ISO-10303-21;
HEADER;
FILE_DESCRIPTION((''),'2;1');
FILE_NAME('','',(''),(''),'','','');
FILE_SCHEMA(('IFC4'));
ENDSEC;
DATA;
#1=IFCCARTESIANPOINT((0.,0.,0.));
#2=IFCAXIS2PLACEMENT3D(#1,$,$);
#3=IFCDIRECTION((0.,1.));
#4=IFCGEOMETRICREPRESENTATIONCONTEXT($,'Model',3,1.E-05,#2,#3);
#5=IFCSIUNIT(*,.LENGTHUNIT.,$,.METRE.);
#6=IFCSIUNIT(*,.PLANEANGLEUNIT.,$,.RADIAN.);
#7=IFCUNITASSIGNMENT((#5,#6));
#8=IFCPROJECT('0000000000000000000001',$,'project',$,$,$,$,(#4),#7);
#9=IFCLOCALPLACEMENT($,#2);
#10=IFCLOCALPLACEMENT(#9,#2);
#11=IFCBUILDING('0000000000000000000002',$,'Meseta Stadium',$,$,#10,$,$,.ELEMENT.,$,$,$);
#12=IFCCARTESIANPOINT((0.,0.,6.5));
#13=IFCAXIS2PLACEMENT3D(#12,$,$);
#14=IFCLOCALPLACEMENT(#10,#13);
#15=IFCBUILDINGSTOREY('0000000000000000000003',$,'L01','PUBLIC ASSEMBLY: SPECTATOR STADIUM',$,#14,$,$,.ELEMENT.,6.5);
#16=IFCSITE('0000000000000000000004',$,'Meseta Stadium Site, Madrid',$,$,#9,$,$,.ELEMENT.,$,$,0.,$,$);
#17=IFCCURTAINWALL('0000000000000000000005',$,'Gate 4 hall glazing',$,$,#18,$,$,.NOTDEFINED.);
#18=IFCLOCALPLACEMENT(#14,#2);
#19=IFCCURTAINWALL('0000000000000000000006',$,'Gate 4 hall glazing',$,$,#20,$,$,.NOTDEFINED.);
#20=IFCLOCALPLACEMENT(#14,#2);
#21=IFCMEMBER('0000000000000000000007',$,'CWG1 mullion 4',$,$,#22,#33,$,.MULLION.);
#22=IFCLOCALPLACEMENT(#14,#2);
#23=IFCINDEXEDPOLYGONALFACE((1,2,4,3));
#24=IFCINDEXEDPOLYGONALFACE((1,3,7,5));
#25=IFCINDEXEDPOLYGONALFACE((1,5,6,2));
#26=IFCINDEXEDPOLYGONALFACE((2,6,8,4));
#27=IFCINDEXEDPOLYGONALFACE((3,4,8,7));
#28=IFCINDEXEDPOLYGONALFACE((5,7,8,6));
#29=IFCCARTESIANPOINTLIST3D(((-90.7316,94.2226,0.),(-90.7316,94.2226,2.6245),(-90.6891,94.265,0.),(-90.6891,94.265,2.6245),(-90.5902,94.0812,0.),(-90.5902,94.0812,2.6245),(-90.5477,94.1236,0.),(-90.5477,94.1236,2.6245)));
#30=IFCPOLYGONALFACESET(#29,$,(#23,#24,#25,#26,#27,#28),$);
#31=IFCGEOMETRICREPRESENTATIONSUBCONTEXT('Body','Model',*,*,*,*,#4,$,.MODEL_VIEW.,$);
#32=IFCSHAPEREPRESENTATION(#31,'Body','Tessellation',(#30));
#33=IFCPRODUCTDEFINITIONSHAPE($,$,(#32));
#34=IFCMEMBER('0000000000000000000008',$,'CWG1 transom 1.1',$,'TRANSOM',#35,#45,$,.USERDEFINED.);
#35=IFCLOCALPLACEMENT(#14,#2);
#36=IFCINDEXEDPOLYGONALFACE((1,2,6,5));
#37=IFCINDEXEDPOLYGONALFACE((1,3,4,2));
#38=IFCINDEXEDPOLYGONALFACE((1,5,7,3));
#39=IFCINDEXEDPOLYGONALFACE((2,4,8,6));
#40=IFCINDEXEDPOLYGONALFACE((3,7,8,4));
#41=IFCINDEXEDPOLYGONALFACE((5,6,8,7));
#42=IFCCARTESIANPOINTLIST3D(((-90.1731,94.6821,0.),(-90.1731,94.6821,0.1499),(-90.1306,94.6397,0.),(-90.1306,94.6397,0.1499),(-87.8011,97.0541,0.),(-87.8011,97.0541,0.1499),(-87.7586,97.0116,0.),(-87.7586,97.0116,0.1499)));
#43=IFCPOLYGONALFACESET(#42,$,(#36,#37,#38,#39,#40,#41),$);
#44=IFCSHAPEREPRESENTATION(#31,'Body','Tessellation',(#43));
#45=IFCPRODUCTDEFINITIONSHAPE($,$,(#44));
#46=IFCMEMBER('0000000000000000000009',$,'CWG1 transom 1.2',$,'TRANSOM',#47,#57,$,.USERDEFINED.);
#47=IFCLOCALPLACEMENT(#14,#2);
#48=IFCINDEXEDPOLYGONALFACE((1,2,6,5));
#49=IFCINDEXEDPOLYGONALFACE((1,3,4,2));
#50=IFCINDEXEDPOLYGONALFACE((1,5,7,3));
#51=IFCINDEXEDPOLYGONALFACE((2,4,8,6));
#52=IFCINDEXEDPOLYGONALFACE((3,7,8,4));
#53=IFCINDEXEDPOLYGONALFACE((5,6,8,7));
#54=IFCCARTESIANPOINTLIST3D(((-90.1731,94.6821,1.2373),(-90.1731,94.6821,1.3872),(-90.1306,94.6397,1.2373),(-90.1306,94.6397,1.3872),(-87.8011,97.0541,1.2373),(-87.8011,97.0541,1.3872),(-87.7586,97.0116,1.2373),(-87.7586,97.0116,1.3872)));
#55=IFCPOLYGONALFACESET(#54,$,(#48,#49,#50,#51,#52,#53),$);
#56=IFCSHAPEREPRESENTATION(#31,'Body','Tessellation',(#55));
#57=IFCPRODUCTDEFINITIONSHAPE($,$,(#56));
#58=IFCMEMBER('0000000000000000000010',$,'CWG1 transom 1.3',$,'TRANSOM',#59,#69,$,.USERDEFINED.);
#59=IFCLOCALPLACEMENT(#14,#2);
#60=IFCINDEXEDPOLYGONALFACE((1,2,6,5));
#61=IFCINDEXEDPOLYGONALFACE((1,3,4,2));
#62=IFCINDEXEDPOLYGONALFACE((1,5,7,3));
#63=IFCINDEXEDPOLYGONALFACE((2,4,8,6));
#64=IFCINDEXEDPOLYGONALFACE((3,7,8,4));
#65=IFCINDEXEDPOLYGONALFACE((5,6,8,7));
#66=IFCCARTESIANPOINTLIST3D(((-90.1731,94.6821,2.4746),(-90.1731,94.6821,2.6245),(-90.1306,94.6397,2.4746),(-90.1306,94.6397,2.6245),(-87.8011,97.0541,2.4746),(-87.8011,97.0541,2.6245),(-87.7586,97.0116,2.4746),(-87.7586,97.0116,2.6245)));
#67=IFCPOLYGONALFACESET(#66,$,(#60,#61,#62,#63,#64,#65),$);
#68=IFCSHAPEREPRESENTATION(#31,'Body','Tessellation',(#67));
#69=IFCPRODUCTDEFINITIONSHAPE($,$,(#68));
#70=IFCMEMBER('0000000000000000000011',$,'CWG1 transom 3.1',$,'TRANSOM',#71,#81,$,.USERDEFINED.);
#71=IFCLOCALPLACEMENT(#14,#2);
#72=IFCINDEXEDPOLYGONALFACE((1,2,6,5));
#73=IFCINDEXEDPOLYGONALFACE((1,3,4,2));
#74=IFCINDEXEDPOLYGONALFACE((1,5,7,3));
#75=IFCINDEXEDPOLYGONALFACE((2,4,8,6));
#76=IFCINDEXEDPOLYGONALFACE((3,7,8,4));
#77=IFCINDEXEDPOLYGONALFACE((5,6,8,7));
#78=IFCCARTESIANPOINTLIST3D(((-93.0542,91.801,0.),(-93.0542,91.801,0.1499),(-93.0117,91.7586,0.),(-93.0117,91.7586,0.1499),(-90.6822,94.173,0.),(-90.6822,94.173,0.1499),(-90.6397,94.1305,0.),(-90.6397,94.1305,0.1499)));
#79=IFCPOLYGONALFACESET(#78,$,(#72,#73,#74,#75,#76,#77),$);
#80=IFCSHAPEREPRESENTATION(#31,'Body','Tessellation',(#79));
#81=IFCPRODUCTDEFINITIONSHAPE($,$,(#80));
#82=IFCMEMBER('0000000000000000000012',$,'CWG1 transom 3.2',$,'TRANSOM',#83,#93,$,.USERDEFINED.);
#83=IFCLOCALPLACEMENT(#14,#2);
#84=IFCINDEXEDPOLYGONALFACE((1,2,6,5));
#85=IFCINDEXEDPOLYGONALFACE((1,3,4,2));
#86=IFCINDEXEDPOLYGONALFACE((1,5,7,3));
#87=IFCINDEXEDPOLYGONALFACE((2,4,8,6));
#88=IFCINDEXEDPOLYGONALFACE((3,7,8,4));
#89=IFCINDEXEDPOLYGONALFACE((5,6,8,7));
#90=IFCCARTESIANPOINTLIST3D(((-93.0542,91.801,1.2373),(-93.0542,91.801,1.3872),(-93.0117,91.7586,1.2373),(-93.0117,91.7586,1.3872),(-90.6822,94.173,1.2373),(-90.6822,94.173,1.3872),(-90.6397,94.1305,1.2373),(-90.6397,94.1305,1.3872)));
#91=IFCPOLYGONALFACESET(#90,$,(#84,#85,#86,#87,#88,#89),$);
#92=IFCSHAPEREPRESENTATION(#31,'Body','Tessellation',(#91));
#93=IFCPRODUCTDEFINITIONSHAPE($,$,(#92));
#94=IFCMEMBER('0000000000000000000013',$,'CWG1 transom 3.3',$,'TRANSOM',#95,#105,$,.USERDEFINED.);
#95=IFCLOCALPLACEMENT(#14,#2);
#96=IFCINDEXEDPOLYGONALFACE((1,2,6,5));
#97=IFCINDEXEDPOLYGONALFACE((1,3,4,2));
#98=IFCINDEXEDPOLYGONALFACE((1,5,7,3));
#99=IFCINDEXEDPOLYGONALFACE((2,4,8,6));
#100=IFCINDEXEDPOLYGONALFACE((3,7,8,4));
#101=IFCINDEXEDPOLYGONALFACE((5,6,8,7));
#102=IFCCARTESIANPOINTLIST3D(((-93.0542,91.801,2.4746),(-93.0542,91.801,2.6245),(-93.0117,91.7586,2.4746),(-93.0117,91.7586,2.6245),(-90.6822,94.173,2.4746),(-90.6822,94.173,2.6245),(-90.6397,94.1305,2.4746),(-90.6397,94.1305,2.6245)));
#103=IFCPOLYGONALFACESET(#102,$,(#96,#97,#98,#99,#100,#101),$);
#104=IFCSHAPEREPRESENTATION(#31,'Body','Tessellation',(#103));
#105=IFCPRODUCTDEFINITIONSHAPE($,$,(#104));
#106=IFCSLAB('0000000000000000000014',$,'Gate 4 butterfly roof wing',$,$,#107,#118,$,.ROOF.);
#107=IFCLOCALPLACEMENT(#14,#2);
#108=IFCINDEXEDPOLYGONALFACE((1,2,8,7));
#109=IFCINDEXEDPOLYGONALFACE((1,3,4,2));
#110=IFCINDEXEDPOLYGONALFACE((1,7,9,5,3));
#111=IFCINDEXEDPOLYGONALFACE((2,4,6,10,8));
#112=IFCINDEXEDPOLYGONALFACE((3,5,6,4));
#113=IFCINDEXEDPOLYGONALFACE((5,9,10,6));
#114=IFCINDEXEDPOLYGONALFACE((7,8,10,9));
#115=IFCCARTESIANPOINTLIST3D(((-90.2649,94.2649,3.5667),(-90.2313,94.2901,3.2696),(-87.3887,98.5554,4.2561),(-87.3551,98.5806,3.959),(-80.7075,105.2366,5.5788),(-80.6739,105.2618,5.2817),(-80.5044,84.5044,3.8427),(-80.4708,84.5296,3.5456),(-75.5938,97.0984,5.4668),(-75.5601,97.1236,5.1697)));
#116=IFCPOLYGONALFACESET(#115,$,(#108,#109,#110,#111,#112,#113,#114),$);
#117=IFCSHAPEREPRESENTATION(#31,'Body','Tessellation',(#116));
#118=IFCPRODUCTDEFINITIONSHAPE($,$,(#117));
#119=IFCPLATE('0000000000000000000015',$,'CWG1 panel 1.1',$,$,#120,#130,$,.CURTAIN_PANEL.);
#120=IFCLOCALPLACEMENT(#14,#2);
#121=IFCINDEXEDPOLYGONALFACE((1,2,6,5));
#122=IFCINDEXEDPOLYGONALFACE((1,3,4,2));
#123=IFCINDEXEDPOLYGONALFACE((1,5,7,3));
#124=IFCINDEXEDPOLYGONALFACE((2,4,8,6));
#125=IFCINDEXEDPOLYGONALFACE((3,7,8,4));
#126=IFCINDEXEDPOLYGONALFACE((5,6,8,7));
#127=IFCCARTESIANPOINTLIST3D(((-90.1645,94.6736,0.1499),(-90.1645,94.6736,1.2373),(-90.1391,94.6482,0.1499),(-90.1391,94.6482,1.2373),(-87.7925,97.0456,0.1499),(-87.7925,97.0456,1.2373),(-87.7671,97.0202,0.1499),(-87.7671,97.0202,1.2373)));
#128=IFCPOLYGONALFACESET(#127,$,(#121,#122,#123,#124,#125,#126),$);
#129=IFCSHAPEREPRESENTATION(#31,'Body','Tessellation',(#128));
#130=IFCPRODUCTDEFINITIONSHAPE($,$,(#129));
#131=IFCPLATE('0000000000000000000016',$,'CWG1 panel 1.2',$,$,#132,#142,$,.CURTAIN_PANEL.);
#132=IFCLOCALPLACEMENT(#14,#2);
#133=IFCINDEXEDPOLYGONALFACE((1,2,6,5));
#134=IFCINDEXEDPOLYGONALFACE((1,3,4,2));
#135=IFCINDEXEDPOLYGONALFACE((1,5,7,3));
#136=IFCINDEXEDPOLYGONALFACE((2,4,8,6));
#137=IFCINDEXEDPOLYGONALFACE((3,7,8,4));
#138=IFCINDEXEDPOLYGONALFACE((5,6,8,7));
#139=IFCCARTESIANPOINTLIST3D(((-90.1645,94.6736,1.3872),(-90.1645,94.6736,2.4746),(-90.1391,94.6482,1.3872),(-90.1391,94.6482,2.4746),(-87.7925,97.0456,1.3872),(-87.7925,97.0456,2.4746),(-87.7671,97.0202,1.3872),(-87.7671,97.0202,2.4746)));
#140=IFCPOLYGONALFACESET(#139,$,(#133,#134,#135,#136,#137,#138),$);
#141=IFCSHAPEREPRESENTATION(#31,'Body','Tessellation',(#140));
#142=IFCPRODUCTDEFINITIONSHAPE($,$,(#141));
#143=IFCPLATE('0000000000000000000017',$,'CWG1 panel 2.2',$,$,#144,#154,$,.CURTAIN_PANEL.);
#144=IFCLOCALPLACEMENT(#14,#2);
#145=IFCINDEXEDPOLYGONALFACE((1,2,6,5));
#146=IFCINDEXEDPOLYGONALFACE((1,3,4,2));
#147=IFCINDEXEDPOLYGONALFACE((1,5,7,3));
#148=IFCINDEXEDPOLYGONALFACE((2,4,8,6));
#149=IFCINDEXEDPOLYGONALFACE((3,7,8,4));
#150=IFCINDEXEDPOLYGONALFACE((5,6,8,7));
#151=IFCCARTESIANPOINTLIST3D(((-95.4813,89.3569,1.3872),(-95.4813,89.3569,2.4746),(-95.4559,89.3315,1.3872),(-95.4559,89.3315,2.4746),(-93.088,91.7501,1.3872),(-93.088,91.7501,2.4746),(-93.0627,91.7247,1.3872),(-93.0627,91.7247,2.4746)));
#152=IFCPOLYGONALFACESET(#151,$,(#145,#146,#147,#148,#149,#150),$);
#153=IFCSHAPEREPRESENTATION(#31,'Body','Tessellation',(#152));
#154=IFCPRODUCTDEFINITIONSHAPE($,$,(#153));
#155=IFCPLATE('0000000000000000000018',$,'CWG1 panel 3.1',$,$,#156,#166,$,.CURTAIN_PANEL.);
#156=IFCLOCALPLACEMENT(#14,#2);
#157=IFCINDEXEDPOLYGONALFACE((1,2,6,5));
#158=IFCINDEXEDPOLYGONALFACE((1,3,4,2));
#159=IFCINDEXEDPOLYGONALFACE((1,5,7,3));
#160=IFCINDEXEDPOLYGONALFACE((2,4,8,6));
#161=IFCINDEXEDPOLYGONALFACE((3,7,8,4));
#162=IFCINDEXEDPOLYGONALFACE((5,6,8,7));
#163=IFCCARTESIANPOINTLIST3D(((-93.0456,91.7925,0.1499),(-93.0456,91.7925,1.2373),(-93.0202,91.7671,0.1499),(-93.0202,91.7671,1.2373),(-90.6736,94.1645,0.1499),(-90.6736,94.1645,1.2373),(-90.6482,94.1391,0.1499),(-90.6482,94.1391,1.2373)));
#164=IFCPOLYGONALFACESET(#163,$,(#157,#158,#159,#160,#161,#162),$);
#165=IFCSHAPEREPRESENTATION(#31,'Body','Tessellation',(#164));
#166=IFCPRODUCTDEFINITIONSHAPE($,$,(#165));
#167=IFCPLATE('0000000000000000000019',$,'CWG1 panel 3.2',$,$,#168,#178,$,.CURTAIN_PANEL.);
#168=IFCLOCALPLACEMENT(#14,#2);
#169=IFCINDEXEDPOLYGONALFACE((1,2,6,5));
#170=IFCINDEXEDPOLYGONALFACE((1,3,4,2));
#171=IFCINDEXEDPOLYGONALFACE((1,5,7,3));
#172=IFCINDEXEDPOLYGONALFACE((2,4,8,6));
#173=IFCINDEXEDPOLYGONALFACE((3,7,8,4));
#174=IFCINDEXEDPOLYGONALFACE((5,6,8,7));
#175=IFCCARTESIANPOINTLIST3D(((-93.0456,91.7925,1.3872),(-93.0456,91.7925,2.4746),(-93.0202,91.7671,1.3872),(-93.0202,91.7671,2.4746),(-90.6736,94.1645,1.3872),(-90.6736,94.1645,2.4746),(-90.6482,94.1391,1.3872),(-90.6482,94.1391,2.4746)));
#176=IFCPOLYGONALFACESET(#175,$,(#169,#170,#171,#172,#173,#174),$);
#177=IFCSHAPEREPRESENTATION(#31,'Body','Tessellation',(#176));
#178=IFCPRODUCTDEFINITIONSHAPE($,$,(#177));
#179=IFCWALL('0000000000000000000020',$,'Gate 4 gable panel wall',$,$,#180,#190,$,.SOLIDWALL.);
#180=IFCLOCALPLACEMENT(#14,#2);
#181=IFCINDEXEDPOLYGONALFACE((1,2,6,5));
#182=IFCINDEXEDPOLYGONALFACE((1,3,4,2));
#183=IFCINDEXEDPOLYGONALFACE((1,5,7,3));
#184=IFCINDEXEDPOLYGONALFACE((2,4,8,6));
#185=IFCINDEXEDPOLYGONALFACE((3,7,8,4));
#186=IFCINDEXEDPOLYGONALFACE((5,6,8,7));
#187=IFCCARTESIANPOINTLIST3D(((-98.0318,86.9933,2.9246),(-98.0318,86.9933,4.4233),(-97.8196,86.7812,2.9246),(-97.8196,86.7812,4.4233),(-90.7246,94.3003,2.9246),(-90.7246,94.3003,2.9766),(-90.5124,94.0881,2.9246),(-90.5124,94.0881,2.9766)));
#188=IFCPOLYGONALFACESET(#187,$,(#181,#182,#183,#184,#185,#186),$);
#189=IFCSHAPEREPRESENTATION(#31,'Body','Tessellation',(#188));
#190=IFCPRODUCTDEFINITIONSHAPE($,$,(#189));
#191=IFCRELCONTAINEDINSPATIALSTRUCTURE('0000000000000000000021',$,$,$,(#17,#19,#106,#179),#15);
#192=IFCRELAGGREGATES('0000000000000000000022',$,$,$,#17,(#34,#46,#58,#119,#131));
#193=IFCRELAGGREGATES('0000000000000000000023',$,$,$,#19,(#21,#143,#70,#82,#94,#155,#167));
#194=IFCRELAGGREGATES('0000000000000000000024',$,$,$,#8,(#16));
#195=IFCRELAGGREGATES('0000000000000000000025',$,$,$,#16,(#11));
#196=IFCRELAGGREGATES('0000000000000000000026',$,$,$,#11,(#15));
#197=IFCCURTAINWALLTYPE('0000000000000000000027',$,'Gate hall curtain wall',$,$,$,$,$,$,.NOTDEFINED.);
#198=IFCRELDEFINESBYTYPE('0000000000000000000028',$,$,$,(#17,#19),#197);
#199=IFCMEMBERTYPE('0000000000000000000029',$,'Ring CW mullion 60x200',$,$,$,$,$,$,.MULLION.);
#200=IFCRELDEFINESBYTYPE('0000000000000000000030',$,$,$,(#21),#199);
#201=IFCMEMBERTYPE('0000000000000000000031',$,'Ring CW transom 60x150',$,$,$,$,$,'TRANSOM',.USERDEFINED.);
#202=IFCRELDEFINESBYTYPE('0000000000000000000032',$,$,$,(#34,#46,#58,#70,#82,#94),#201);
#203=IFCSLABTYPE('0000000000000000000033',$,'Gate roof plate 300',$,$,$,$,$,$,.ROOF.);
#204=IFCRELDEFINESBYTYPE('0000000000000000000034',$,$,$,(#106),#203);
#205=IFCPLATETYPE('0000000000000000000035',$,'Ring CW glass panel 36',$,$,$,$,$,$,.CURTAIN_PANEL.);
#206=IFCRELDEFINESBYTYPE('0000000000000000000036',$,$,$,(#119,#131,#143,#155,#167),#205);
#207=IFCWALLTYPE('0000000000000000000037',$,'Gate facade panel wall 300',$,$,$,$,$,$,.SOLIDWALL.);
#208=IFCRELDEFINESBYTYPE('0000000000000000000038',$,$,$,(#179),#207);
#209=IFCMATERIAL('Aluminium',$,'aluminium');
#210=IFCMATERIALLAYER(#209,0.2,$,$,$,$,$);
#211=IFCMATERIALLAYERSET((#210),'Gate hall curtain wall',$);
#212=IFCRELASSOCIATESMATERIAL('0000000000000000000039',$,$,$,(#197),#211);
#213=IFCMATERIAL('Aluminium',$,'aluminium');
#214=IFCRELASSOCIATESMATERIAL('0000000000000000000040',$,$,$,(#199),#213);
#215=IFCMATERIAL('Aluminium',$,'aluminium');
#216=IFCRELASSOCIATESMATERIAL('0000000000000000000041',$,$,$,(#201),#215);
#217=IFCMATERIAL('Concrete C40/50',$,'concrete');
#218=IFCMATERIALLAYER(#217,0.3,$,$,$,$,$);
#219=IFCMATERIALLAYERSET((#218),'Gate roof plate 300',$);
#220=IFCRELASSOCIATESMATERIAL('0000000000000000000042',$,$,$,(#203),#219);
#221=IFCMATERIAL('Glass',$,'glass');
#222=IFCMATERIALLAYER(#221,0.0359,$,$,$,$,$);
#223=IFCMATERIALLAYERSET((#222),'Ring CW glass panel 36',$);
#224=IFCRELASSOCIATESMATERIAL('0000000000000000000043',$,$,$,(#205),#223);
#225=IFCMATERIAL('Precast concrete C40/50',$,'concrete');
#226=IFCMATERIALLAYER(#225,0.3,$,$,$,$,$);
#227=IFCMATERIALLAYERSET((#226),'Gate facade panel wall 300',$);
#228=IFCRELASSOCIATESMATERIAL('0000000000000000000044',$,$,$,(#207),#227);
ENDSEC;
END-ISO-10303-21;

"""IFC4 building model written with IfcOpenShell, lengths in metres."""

from ifc_helpers import new_model, si_unit, direction, frame, origin, origin_2d, place, context, subcontext, project, spatial, polyline, rectangle, outline, extrude, material, layer, layer_set, material_profile, profile_set, type_object, element, aggregate, save


model = new_model("IFC4")

# Units and contexts
model_context = context("Model", 3, precision=1e-05, world=origin(), true_north=direction((0.0, 1.0)))
body_context = subcontext(model_context, "Body", "Model", "MODEL_VIEW")
ifc_project = project(units=[si_unit("LENGTHUNIT", "METRE"), si_unit("PLANEANGLEUNIT", "RADIAN")], contexts=[model_context])

# Site, building, storey
site_placement = place(None, origin())
site = spatial("IfcSite", under=ifc_project, at=site_placement, Name="Meseta Stadium Site, Madrid", CompositionType="ELEMENT", RefElevation=0.0)
building_placement = place(site_placement, origin())
building = spatial("IfcBuilding", under=site, at=building_placement, Name="Meseta Stadium", CompositionType="ELEMENT")
storey_placement = place(building_placement, frame((0.0, 0.0, 6.5)))
storey = spatial("IfcBuildingStorey", under=building, at=storey_placement, Name="L01", Description="PUBLIC ASSEMBLY: SPECTATOR STADIUM", CompositionType="ELEMENT", Elevation=6.5)

# Curtain wall
ifc_material_1 = material(Name="Aluminium", Category="aluminium")
ifc_layer_1 = layer(ifc_material_1, 0.2)
ifc_layer_set_1 = layer_set([ifc_layer_1], Name="Gate hall curtain wall")
curtain_wall_type = type_object("IfcCurtainWallType", Name="Gate hall curtain wall", PredefinedType="NOTDEFINED", material=ifc_layer_set_1)
curtain_wall_1_placement = place(storey_placement, origin())
curtain_wall_1 = element("IfcCurtainWall", 1, at=curtain_wall_1_placement, inside=storey, type_object=curtain_wall_type, Name="Gate 4 hall glazing", PredefinedType="NOTDEFINED")
ifc_material_2 = material(Name="Aluminium", Category="aluminium")
ifc_material_profile_1 = material_profile(ifc_material_2, rectangle(XDim=0.2, YDim=0.0601, at=origin_2d()), Name="CW 200x60")
ifc_profile_set_1 = profile_set([ifc_material_profile_1], Name="Aluminium")
member_type_1 = type_object("IfcMemberType", Name="Ring CW mullion 60x200", PredefinedType="MULLION", material=ifc_profile_set_1)

# Curtain wall, member
curtain_wall_2_placement = place(storey_placement, origin())
curtain_wall_2 = element("IfcCurtainWall", 2, at=curtain_wall_2_placement, inside=storey, type_object=curtain_wall_type, Name="Gate 4 hall glazing", PredefinedType="NOTDEFINED")
member_1_placement = place(storey_placement, frame((-90.6396, 94.1731, 0.0), z_axis=(0.0, 0.0, 1.0), x_axis=(-0.707102, 0.707112, 0.0)))
member_1 = element("IfcMember", 3, at=member_1_placement, type_object=member_type_1, Name="CWG1 mullion 4", PredefinedType="MULLION", context=body_context, shape_type="SweptSolid", body=[
    extrude(rectangle(XDim=0.2, YDim=0.0601, at=origin_2d()), origin(), (0.0, 0.0, 1.0), 2.6245),
])

# Members
ifc_material_3 = material(Name="Aluminium", Category="aluminium")
ifc_material_profile_2 = material_profile(ifc_material_3, rectangle(XDim=0.0601, YDim=0.1499, at=origin_2d()), Name="CW 60x150")
ifc_profile_set_2 = profile_set([ifc_material_profile_2], Name="Aluminium")
member_type_2 = type_object("IfcMemberType", Name="Ring CW transom 60x150", ElementType="TRANSOM", PredefinedType="USERDEFINED", material=ifc_profile_set_2)
member_2_placement = place(storey_placement, frame((-90.1519, 94.6609, 0.075), z_axis=(0.707107, 0.707107, 0.0), x_axis=(-0.707107, 0.707107, 0.0)))
member_2 = element("IfcMember", 4, at=member_2_placement, type_object=member_type_2, Name="CWG1 transom 1.1", ObjectType="TRANSOM", PredefinedType="USERDEFINED", context=body_context, shape_type="SweptSolid", body=[
    extrude(rectangle(XDim=0.0601, YDim=0.1499, at=origin_2d()), origin(), (0.0, 0.0, 1.0), 3.3545),
])
member_3_placement = place(storey_placement, frame((-90.1519, 94.6609, 1.3123), z_axis=(0.707107, 0.707107, 0.0), x_axis=(-0.707107, 0.707107, 0.0)))
member_3 = element("IfcMember", 5, at=member_3_placement, type_object=member_type_2, Name="CWG1 transom 1.2", ObjectType="TRANSOM", PredefinedType="USERDEFINED", context=body_context, shape_type="SweptSolid", body=[
    extrude(rectangle(XDim=0.0601, YDim=0.1499, at=origin_2d()), origin(), (0.0, 0.0, 1.0), 3.3545),
])
member_4_placement = place(storey_placement, frame((-90.1519, 94.6609, 2.5496), z_axis=(0.707107, 0.707107, 0.0), x_axis=(-0.707107, 0.707107, 0.0)))
member_4 = element("IfcMember", 6, at=member_4_placement, type_object=member_type_2, Name="CWG1 transom 1.3", ObjectType="TRANSOM", PredefinedType="USERDEFINED", context=body_context, shape_type="SweptSolid", body=[
    extrude(rectangle(XDim=0.0601, YDim=0.1499, at=origin_2d()), origin(), (0.0, 0.0, 1.0), 3.3545),
])
member_5_placement = place(storey_placement, frame((-93.033, 91.7798, 0.075), z_axis=(0.707107, 0.707107, 0.0), x_axis=(-0.707107, 0.707107, 0.0)))
member_5 = element("IfcMember", 7, at=member_5_placement, type_object=member_type_2, Name="CWG1 transom 3.1", ObjectType="TRANSOM", PredefinedType="USERDEFINED", context=body_context, shape_type="SweptSolid", body=[
    extrude(rectangle(XDim=0.0601, YDim=0.1499, at=origin_2d()), origin(), (0.0, 0.0, 1.0), 3.3545),
])
member_6_placement = place(storey_placement, frame((-93.033, 91.7798, 1.3123), z_axis=(0.707107, 0.707107, 0.0), x_axis=(-0.707107, 0.707107, 0.0)))
member_6 = element("IfcMember", 8, at=member_6_placement, type_object=member_type_2, Name="CWG1 transom 3.2", ObjectType="TRANSOM", PredefinedType="USERDEFINED", context=body_context, shape_type="SweptSolid", body=[
    extrude(rectangle(XDim=0.0601, YDim=0.1499, at=origin_2d()), origin(), (0.0, 0.0, 1.0), 3.3545),
])
member_7_placement = place(storey_placement, frame((-93.033, 91.7798, 2.5496), z_axis=(0.707107, 0.707107, 0.0), x_axis=(-0.707107, 0.707107, 0.0)))
member_7 = element("IfcMember", 9, at=member_7_placement, type_object=member_type_2, Name="CWG1 transom 3.3", ObjectType="TRANSOM", PredefinedType="USERDEFINED", context=body_context, shape_type="SweptSolid", body=[
    extrude(rectangle(XDim=0.0601, YDim=0.1499, at=origin_2d()), origin(), (0.0, 0.0, 1.0), 3.3545),
])

# Slab
ifc_material_4 = material(Name="Concrete C40/50", Category="concrete")
ifc_layer_2 = layer(ifc_material_4, 0.3)
ifc_layer_set_2 = layer_set([ifc_layer_2], Name="Gate roof plate 300")
slab_type = type_object("IfcSlabType", Name="Gate roof plate 300", PredefinedType="ROOF", material=ifc_layer_set_2)
slab_placement = place(storey_placement, frame((-90.2649, 94.2649, 3.5667), z_axis=(-0.112015, -0.084011, 0.990149), x_axis=(0.706966, -0.706965, 0.019994)))
element("IfcSlab", 10, at=slab_placement, inside=storey, type_object=slab_type, Name="Gate 4 butterfly roof wing", PredefinedType="ROOF", context=body_context, shape_type="SweptSolid", body=[
    extrude(outline(polyline([(0.0, 0.0), (13.8062, 0.0), (8.4068, 12.4983), (-0.9596, 14.6577), (-0.9861, 5.1171), (0.0, 0.0)])), origin(), (0.0, 0.0, -1.0), 0.3),
])

# Plates
ifc_material_5 = material(Name="Glass", Category="glass")
ifc_layer_3 = layer(ifc_material_5, 0.0359)
ifc_layer_set_3 = layer_set([ifc_layer_3], Name="Ring CW glass panel 36")
plate_type = type_object("IfcPlateType", Name="Ring CW glass panel 36", PredefinedType="CURTAIN_PANEL", material=ifc_layer_set_3)
plate_1_placement = place(storey_placement, frame((-88.9658, 95.8469, 0.1499), z_axis=(0.0, 0.0, 1.0), x_axis=(0.707102, 0.707112, 0.0)))
plate_1 = element("IfcPlate", 11, at=plate_1_placement, type_object=plate_type, Name="CWG1 panel 1.1", PredefinedType="CURTAIN_PANEL", context=body_context, shape_type="SweptSolid", body=[
    extrude(rectangle(XDim=3.3545, YDim=0.0359, at=origin_2d()), origin(), (0.0, 0.0, 1.0), 1.0874),
])
plate_2_placement = place(storey_placement, frame((-88.9658, 95.8469, 1.3872), z_axis=(0.0, 0.0, 1.0), x_axis=(0.707102, 0.707112, 0.0)))
plate_2 = element("IfcPlate", 12, at=plate_2_placement, type_object=plate_type, Name="CWG1 panel 1.2", PredefinedType="CURTAIN_PANEL", context=body_context, shape_type="SweptSolid", body=[
    extrude(rectangle(XDim=3.3545, YDim=0.0359, at=origin_2d()), origin(), (0.0, 0.0, 1.0), 1.0874),
])
aggregate(curtain_wall_1, [member_2, member_3, member_4, plate_1, plate_2])
plate_3_placement = place(storey_placement, frame((-94.272, 90.5408, 1.3872), z_axis=(0.0, 0.0, 1.0), x_axis=(0.707112, 0.707102, 0.0)))
plate_3 = element("IfcPlate", 13, at=plate_3_placement, type_object=plate_type, Name="CWG1 panel 2.2", PredefinedType="CURTAIN_PANEL", context=body_context, shape_type="SweptSolid", body=[
    extrude(rectangle(XDim=3.3845, YDim=0.0359, at=origin_2d()), origin(), (0.0, 0.0, 1.0), 1.0874),
])
plate_4_placement = place(storey_placement, frame((-91.8469, 92.9658, 0.1499), z_axis=(0.0, 0.0, 1.0), x_axis=(0.707112, 0.707102, 0.0)))
plate_4 = element("IfcPlate", 14, at=plate_4_placement, type_object=plate_type, Name="CWG1 panel 3.1", PredefinedType="CURTAIN_PANEL", context=body_context, shape_type="SweptSolid", body=[
    extrude(rectangle(XDim=3.3545, YDim=0.0359, at=origin_2d()), origin(), (0.0, 0.0, 1.0), 1.0874),
])
plate_5_placement = place(storey_placement, frame((-91.8469, 92.9658, 1.3872), z_axis=(0.0, 0.0, 1.0), x_axis=(0.707112, 0.707102, 0.0)))
plate_5 = element("IfcPlate", 15, at=plate_5_placement, type_object=plate_type, Name="CWG1 panel 3.2", PredefinedType="CURTAIN_PANEL", context=body_context, shape_type="SweptSolid", body=[
    extrude(rectangle(XDim=3.3545, YDim=0.0359, at=origin_2d()), origin(), (0.0, 0.0, 1.0), 1.0874),
])
aggregate(curtain_wall_2, [member_1, plate_3, member_5, member_6, member_7, plate_4, plate_5])

# Wall
ifc_material_6 = material(Name="Precast concrete C40/50", Category="concrete")
ifc_layer_4 = layer(ifc_material_6, 0.3)
ifc_layer_set_4 = layer_set([ifc_layer_4], Name="Gate facade panel wall 300")
wall_type_1 = type_object("IfcWallType", Name="Gate facade panel wall 300", PredefinedType="SOLIDWALL", material=ifc_layer_set_4)
wall_1_placement = place(storey_placement, frame((-90.6184, 94.1941, 2.9246), z_axis=(0.0, 0.0, 1.0), x_axis=(-0.707119, -0.707095, 0.0)))
element("IfcWall", 16, at=wall_1_placement, inside=storey, type_object=wall_type_1, Name="Gate 4 gable panel wall", PredefinedType="SOLIDWALL", context=body_context, shape_type="SweptSolid", body=[
    extrude(outline(polyline([(0.0, 0.0), (10.3337, 0.0), (10.3337, 1.4988), (0.0, 0.052), (0.0, 0.0)])), frame((0.0, 0.1499, 0.0), z_axis=(0.0, -1.0, 0.0), x_axis=(1.0, 0.0, 0.0)), (0.0, 0.0, 1.0), 0.3),
])

save(model, "model.ifc")
